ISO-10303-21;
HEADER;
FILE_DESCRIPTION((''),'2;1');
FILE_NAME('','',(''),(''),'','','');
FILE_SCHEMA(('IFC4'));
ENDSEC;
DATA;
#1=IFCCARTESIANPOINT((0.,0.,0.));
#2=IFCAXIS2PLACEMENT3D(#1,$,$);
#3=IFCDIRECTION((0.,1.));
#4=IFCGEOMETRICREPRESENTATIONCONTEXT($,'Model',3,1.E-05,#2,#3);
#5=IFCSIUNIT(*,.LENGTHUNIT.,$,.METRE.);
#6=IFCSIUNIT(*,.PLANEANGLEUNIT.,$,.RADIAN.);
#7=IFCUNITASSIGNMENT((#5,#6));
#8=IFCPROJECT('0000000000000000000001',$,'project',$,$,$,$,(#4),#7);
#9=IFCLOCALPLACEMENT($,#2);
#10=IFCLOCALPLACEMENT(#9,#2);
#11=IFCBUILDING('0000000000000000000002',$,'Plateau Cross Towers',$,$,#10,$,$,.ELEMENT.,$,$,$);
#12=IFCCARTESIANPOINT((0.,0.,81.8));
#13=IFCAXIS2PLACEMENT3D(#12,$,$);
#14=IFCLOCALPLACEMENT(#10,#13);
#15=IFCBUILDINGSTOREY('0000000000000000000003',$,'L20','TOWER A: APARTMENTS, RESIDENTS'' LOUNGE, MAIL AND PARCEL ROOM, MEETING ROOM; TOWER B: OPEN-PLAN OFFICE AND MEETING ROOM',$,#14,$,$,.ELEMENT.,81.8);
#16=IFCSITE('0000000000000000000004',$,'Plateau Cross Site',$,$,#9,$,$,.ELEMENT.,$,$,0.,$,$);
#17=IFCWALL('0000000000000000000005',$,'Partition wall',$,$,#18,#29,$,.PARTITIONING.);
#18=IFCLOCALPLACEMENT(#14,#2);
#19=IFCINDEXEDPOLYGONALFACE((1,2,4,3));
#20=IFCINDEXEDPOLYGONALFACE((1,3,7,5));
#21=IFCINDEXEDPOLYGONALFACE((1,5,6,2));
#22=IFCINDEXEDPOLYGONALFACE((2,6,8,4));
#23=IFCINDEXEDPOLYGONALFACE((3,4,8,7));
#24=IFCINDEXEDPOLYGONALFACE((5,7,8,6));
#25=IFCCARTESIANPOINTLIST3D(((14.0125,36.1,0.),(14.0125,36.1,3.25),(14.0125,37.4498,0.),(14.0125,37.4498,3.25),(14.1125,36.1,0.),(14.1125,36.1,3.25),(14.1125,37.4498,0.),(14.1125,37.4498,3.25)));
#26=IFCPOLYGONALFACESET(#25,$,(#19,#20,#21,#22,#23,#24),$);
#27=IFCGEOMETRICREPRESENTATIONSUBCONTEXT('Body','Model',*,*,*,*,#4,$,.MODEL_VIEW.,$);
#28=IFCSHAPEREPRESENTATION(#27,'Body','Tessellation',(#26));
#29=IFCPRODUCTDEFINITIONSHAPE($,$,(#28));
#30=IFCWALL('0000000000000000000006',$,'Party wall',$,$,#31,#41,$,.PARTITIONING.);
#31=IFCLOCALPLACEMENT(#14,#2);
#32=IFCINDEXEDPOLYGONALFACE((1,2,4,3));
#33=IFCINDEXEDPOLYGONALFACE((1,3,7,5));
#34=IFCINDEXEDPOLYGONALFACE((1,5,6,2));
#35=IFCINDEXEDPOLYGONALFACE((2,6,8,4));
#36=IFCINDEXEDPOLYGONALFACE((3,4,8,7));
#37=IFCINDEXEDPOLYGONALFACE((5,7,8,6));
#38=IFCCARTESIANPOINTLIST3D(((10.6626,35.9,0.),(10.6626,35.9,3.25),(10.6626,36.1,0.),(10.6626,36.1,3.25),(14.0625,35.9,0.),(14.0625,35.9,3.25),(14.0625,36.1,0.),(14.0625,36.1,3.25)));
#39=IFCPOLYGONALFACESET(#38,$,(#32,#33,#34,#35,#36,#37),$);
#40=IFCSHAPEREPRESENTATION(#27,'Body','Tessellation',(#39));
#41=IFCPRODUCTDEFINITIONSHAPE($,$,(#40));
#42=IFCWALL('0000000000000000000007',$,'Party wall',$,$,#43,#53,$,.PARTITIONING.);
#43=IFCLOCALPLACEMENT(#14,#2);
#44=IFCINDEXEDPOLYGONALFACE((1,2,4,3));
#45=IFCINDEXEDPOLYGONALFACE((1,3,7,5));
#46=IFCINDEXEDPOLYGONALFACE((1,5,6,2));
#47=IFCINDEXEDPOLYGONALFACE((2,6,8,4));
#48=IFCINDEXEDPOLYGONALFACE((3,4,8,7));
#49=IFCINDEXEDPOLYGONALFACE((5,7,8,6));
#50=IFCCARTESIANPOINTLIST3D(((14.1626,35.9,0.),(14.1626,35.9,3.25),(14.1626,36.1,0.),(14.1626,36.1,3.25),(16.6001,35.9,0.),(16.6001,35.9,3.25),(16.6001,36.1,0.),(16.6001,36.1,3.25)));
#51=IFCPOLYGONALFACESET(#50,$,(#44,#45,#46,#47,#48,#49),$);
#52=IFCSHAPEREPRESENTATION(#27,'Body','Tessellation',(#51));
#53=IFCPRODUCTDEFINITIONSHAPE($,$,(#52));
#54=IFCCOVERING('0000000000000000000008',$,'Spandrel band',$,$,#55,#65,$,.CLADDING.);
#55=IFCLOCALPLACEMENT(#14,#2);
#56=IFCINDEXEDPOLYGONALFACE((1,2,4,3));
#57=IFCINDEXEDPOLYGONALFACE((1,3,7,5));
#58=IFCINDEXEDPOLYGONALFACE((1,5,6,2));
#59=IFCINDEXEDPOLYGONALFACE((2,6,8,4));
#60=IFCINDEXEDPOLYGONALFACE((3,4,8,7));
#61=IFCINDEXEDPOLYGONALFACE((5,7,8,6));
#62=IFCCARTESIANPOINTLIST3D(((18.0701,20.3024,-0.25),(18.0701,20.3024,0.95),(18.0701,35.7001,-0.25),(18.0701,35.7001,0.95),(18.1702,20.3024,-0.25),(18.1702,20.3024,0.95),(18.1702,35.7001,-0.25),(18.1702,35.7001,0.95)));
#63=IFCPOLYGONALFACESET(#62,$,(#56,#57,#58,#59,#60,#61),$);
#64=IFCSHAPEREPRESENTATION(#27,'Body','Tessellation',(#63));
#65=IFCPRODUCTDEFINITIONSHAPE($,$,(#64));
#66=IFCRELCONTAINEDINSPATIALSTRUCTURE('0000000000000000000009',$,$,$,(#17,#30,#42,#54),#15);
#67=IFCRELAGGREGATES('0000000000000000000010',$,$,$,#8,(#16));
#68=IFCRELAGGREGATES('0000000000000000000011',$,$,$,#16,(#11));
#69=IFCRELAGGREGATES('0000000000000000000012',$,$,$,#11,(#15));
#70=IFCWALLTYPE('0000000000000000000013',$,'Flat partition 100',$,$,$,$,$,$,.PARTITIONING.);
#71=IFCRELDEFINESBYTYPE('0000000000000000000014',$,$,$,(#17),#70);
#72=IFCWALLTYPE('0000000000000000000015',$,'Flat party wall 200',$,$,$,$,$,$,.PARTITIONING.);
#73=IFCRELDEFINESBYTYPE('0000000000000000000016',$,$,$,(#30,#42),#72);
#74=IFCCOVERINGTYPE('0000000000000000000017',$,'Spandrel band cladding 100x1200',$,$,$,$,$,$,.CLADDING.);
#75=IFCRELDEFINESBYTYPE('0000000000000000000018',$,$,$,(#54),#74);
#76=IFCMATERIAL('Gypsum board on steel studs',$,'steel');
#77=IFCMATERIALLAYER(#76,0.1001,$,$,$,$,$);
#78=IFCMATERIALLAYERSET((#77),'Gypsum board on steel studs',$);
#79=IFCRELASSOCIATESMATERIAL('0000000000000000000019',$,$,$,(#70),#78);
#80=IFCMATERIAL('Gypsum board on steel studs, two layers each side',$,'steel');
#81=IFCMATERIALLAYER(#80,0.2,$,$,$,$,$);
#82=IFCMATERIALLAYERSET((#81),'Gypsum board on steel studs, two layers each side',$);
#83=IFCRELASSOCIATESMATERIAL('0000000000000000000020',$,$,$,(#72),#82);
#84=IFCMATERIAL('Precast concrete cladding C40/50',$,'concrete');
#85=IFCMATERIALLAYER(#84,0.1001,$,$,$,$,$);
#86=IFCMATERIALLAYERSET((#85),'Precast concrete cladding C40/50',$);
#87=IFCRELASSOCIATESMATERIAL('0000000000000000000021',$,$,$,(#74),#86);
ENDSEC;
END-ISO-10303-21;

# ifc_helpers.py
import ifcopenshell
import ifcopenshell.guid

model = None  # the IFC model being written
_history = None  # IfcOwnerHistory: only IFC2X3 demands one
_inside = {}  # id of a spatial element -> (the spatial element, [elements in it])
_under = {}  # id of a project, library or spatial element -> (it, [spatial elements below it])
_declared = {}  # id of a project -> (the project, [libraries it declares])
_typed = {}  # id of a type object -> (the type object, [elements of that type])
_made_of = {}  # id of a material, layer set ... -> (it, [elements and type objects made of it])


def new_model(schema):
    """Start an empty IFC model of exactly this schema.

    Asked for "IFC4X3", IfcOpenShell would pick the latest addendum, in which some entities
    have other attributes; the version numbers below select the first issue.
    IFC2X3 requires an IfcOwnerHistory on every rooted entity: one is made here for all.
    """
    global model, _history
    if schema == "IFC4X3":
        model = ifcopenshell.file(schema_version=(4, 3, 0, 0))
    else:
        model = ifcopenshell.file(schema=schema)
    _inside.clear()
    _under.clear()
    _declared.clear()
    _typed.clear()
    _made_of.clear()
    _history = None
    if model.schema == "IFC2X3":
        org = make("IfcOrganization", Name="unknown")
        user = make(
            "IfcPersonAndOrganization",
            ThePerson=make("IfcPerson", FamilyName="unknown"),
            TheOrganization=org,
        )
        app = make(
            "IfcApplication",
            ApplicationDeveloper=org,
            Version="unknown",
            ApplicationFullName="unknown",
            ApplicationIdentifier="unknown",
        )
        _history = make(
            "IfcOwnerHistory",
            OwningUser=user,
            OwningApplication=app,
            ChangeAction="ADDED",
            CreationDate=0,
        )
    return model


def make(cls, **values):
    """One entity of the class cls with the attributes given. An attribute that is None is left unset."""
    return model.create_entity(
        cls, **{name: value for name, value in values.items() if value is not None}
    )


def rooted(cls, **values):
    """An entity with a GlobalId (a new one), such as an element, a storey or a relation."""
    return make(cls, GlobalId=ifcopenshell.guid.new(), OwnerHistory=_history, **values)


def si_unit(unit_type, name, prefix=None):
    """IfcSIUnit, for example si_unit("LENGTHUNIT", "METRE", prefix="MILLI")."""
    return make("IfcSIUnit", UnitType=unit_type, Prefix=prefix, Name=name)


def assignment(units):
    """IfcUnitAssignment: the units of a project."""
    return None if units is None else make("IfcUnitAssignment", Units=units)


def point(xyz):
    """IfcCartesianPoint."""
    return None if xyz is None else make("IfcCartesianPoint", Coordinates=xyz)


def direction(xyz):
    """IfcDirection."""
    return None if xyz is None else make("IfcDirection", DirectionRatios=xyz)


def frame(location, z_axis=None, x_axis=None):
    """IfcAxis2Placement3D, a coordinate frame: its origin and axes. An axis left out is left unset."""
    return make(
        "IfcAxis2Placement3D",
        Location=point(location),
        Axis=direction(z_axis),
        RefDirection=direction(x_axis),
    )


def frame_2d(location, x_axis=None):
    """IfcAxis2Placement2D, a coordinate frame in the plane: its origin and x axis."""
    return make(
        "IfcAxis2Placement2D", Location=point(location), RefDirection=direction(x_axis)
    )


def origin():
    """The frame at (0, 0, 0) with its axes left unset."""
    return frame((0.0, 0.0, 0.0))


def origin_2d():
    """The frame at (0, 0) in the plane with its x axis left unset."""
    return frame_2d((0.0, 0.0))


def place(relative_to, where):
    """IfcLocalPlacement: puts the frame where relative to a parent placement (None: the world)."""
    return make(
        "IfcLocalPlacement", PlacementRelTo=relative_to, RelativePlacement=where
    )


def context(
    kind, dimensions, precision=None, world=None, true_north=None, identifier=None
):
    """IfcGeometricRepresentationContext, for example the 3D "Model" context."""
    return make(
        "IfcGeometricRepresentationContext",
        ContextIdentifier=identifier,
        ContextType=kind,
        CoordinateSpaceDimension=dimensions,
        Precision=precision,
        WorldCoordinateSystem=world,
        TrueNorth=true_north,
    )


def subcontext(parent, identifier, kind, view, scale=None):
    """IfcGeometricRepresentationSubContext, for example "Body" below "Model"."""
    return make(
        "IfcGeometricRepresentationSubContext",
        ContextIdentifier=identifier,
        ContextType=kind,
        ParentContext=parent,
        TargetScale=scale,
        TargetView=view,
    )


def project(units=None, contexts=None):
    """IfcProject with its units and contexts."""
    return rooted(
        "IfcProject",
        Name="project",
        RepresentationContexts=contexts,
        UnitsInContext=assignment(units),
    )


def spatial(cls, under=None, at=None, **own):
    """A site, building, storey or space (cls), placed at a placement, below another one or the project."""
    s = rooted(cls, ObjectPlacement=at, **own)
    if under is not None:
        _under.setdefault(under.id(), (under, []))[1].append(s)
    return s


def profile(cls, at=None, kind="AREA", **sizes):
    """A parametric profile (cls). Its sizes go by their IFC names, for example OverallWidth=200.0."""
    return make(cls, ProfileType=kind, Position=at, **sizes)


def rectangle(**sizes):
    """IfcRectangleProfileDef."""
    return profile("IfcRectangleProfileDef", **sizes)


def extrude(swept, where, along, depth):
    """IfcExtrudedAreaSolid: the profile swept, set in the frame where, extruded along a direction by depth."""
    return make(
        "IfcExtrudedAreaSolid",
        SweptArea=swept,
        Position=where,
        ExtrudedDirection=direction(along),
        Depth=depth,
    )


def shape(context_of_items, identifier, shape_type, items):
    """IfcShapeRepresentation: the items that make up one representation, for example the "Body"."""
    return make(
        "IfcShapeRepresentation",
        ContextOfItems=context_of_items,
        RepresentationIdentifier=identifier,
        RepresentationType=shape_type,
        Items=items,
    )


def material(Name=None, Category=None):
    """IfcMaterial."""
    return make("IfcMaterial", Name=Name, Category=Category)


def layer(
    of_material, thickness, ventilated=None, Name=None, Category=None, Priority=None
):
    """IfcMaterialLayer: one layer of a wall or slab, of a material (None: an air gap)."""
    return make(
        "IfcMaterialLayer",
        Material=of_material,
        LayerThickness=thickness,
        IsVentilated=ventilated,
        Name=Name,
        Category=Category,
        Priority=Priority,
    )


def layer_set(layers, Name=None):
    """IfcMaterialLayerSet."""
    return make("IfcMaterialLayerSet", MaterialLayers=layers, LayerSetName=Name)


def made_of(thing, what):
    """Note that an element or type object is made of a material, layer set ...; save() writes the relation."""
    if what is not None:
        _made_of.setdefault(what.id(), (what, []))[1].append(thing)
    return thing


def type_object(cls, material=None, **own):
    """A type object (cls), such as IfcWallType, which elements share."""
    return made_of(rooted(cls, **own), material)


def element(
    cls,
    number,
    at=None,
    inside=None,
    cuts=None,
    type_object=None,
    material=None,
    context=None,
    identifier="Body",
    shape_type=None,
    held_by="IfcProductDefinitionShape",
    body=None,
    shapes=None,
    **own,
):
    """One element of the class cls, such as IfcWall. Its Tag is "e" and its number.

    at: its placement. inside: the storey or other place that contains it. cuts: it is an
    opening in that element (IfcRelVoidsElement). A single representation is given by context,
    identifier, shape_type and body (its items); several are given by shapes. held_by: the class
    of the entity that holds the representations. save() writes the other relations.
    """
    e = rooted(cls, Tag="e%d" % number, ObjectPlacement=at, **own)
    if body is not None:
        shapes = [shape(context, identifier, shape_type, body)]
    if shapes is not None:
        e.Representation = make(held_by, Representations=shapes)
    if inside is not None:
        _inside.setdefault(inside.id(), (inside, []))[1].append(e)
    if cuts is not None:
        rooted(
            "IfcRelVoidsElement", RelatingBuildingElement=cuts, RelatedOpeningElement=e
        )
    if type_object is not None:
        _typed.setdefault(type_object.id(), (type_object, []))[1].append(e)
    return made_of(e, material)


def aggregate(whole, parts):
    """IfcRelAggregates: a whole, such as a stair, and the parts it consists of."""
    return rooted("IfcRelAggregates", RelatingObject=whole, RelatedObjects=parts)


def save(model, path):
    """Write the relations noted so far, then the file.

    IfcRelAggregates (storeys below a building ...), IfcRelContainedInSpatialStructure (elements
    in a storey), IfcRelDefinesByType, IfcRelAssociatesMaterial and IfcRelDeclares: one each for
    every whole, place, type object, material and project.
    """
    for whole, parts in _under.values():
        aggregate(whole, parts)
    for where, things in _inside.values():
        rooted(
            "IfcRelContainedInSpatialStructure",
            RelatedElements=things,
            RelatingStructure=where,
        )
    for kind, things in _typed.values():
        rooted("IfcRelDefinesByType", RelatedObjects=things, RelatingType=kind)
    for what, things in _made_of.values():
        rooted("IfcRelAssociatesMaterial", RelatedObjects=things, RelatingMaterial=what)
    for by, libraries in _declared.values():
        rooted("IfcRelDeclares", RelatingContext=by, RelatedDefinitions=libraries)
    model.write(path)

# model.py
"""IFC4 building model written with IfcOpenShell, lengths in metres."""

from ifc_helpers import new_model, si_unit, direction, frame, frame_2d, origin, origin_2d, place, context, subcontext, project, spatial, rectangle, extrude, material, layer, layer_set, type_object, element, save


model = new_model("IFC4")

# Units and contexts
model_context = context("Model", 3, precision=1e-05, world=origin(), true_north=direction((0.0, 1.0)))
body_context = subcontext(model_context, "Body", "Model", "MODEL_VIEW")
ifc_project = project(units=[si_unit("LENGTHUNIT", "METRE"), si_unit("PLANEANGLEUNIT", "RADIAN")], contexts=[model_context])

# Site, building, storey
site_placement = place(None, origin())
site = spatial("IfcSite", under=ifc_project, at=site_placement, Name="Plateau Cross Site", CompositionType="ELEMENT", RefElevation=0.0)
building_placement = place(site_placement, origin())
building = spatial("IfcBuilding", under=site, at=building_placement, Name="Plateau Cross Towers", CompositionType="ELEMENT")
storey_placement = place(building_placement, frame((0.0, 0.0, 81.8)))
storey = spatial("IfcBuildingStorey", under=building, at=storey_placement, Name="L20", Description="TOWER A: APARTMENTS, RESIDENTS' LOUNGE, MAIL AND PARCEL ROOM, MEETING ROOM; TOWER B: OPEN-PLAN OFFICE AND MEETING ROOM", CompositionType="ELEMENT", Elevation=81.8)

# Shared definitions
ifc_material_1 = material(Name="Gypsum board on steel studs", Category="steel")
ifc_layer_1 = layer(ifc_material_1, 0.1001)
ifc_layer_set_1 = layer_set([ifc_layer_1], Name="Gypsum board on steel studs")
wall_type_1 = type_object("IfcWallType", Name="Flat partition 100", PredefinedType="PARTITIONING", material=ifc_layer_set_1)

# Walls
wall_1_placement = place(storey_placement, frame((14.0625, 36.1001, 0.0), z_axis=(0.0, 0.0, 1.0), x_axis=(0.0, 1.0, 0.0)))
element("IfcWall", 1, at=wall_1_placement, inside=storey, type_object=wall_type_1, Name="Partition wall", PredefinedType="PARTITIONING", context=body_context, shape_type="SweptSolid", body=[
    extrude(rectangle(XDim=1.3499, YDim=0.1001, at=frame_2d((0.6748, 0.0))), origin(), (0.0, 0.0, 1.0), 3.25),
])
ifc_material_2 = material(Name="Gypsum board on steel studs, two layers each side", Category="steel")
ifc_layer_2 = layer(ifc_material_2, 0.2)
ifc_layer_set_2 = layer_set([ifc_layer_2], Name="Gypsum board on steel studs, two layers each side")
wall_type_2 = type_object("IfcWallType", Name="Flat party wall 200", PredefinedType="PARTITIONING", material=ifc_layer_set_2)
wall_2_placement = place(storey_placement, frame((14.0625, 36.0, 0.0), z_axis=(0.0, 0.0, 1.0), x_axis=(-1.0, 0.0, 0.0)))
element("IfcWall", 2, at=wall_2_placement, inside=storey, type_object=wall_type_2, Name="Party wall", PredefinedType="PARTITIONING", context=body_context, shape_type="SweptSolid", body=[
    extrude(rectangle(XDim=3.3999, YDim=0.2, at=frame_2d((1.7, 0.0))), origin(), (0.0, 0.0, 1.0), 3.25),
])
wall_3_placement = place(storey_placement, frame((14.1626, 36.0, 0.0), z_axis=(0.0, 0.0, 1.0), x_axis=(1.0, 0.0, 0.0)))
element("IfcWall", 3, at=wall_3_placement, inside=storey, type_object=wall_type_2, Name="Party wall", PredefinedType="PARTITIONING", context=body_context, shape_type="SweptSolid", body=[
    extrude(rectangle(XDim=2.4375, YDim=0.2, at=frame_2d((1.2188, 0.0))), origin(), (0.0, 0.0, 1.0), 3.25),
])

# Covering
ifc_material_3 = material(Name="Precast concrete cladding C40/50", Category="concrete")
ifc_layer_3 = layer(ifc_material_3, 0.1001)
ifc_layer_set_3 = layer_set([ifc_layer_3], Name="Precast concrete cladding C40/50")
covering_type = type_object("IfcCoveringType", Name="Spandrel band cladding 100x1200", PredefinedType="CLADDING", material=ifc_layer_set_3)
covering_placement = place(storey_placement, frame((18.1201, 28.0012, -0.25), z_axis=(0.0, 0.0, 1.0), x_axis=(0.0, 1.0, 0.0)))
element("IfcCovering", 4, at=covering_placement, inside=storey, type_object=covering_type, Name="Spandrel band", PredefinedType="CLADDING", context=body_context, shape_type="SweptSolid", body=[
    extrude(rectangle(XDim=15.3977, YDim=0.1001, at=origin_2d()), origin(), (0.0, 0.0, 1.0), 1.2),
])

save(model, "model.ifc")
